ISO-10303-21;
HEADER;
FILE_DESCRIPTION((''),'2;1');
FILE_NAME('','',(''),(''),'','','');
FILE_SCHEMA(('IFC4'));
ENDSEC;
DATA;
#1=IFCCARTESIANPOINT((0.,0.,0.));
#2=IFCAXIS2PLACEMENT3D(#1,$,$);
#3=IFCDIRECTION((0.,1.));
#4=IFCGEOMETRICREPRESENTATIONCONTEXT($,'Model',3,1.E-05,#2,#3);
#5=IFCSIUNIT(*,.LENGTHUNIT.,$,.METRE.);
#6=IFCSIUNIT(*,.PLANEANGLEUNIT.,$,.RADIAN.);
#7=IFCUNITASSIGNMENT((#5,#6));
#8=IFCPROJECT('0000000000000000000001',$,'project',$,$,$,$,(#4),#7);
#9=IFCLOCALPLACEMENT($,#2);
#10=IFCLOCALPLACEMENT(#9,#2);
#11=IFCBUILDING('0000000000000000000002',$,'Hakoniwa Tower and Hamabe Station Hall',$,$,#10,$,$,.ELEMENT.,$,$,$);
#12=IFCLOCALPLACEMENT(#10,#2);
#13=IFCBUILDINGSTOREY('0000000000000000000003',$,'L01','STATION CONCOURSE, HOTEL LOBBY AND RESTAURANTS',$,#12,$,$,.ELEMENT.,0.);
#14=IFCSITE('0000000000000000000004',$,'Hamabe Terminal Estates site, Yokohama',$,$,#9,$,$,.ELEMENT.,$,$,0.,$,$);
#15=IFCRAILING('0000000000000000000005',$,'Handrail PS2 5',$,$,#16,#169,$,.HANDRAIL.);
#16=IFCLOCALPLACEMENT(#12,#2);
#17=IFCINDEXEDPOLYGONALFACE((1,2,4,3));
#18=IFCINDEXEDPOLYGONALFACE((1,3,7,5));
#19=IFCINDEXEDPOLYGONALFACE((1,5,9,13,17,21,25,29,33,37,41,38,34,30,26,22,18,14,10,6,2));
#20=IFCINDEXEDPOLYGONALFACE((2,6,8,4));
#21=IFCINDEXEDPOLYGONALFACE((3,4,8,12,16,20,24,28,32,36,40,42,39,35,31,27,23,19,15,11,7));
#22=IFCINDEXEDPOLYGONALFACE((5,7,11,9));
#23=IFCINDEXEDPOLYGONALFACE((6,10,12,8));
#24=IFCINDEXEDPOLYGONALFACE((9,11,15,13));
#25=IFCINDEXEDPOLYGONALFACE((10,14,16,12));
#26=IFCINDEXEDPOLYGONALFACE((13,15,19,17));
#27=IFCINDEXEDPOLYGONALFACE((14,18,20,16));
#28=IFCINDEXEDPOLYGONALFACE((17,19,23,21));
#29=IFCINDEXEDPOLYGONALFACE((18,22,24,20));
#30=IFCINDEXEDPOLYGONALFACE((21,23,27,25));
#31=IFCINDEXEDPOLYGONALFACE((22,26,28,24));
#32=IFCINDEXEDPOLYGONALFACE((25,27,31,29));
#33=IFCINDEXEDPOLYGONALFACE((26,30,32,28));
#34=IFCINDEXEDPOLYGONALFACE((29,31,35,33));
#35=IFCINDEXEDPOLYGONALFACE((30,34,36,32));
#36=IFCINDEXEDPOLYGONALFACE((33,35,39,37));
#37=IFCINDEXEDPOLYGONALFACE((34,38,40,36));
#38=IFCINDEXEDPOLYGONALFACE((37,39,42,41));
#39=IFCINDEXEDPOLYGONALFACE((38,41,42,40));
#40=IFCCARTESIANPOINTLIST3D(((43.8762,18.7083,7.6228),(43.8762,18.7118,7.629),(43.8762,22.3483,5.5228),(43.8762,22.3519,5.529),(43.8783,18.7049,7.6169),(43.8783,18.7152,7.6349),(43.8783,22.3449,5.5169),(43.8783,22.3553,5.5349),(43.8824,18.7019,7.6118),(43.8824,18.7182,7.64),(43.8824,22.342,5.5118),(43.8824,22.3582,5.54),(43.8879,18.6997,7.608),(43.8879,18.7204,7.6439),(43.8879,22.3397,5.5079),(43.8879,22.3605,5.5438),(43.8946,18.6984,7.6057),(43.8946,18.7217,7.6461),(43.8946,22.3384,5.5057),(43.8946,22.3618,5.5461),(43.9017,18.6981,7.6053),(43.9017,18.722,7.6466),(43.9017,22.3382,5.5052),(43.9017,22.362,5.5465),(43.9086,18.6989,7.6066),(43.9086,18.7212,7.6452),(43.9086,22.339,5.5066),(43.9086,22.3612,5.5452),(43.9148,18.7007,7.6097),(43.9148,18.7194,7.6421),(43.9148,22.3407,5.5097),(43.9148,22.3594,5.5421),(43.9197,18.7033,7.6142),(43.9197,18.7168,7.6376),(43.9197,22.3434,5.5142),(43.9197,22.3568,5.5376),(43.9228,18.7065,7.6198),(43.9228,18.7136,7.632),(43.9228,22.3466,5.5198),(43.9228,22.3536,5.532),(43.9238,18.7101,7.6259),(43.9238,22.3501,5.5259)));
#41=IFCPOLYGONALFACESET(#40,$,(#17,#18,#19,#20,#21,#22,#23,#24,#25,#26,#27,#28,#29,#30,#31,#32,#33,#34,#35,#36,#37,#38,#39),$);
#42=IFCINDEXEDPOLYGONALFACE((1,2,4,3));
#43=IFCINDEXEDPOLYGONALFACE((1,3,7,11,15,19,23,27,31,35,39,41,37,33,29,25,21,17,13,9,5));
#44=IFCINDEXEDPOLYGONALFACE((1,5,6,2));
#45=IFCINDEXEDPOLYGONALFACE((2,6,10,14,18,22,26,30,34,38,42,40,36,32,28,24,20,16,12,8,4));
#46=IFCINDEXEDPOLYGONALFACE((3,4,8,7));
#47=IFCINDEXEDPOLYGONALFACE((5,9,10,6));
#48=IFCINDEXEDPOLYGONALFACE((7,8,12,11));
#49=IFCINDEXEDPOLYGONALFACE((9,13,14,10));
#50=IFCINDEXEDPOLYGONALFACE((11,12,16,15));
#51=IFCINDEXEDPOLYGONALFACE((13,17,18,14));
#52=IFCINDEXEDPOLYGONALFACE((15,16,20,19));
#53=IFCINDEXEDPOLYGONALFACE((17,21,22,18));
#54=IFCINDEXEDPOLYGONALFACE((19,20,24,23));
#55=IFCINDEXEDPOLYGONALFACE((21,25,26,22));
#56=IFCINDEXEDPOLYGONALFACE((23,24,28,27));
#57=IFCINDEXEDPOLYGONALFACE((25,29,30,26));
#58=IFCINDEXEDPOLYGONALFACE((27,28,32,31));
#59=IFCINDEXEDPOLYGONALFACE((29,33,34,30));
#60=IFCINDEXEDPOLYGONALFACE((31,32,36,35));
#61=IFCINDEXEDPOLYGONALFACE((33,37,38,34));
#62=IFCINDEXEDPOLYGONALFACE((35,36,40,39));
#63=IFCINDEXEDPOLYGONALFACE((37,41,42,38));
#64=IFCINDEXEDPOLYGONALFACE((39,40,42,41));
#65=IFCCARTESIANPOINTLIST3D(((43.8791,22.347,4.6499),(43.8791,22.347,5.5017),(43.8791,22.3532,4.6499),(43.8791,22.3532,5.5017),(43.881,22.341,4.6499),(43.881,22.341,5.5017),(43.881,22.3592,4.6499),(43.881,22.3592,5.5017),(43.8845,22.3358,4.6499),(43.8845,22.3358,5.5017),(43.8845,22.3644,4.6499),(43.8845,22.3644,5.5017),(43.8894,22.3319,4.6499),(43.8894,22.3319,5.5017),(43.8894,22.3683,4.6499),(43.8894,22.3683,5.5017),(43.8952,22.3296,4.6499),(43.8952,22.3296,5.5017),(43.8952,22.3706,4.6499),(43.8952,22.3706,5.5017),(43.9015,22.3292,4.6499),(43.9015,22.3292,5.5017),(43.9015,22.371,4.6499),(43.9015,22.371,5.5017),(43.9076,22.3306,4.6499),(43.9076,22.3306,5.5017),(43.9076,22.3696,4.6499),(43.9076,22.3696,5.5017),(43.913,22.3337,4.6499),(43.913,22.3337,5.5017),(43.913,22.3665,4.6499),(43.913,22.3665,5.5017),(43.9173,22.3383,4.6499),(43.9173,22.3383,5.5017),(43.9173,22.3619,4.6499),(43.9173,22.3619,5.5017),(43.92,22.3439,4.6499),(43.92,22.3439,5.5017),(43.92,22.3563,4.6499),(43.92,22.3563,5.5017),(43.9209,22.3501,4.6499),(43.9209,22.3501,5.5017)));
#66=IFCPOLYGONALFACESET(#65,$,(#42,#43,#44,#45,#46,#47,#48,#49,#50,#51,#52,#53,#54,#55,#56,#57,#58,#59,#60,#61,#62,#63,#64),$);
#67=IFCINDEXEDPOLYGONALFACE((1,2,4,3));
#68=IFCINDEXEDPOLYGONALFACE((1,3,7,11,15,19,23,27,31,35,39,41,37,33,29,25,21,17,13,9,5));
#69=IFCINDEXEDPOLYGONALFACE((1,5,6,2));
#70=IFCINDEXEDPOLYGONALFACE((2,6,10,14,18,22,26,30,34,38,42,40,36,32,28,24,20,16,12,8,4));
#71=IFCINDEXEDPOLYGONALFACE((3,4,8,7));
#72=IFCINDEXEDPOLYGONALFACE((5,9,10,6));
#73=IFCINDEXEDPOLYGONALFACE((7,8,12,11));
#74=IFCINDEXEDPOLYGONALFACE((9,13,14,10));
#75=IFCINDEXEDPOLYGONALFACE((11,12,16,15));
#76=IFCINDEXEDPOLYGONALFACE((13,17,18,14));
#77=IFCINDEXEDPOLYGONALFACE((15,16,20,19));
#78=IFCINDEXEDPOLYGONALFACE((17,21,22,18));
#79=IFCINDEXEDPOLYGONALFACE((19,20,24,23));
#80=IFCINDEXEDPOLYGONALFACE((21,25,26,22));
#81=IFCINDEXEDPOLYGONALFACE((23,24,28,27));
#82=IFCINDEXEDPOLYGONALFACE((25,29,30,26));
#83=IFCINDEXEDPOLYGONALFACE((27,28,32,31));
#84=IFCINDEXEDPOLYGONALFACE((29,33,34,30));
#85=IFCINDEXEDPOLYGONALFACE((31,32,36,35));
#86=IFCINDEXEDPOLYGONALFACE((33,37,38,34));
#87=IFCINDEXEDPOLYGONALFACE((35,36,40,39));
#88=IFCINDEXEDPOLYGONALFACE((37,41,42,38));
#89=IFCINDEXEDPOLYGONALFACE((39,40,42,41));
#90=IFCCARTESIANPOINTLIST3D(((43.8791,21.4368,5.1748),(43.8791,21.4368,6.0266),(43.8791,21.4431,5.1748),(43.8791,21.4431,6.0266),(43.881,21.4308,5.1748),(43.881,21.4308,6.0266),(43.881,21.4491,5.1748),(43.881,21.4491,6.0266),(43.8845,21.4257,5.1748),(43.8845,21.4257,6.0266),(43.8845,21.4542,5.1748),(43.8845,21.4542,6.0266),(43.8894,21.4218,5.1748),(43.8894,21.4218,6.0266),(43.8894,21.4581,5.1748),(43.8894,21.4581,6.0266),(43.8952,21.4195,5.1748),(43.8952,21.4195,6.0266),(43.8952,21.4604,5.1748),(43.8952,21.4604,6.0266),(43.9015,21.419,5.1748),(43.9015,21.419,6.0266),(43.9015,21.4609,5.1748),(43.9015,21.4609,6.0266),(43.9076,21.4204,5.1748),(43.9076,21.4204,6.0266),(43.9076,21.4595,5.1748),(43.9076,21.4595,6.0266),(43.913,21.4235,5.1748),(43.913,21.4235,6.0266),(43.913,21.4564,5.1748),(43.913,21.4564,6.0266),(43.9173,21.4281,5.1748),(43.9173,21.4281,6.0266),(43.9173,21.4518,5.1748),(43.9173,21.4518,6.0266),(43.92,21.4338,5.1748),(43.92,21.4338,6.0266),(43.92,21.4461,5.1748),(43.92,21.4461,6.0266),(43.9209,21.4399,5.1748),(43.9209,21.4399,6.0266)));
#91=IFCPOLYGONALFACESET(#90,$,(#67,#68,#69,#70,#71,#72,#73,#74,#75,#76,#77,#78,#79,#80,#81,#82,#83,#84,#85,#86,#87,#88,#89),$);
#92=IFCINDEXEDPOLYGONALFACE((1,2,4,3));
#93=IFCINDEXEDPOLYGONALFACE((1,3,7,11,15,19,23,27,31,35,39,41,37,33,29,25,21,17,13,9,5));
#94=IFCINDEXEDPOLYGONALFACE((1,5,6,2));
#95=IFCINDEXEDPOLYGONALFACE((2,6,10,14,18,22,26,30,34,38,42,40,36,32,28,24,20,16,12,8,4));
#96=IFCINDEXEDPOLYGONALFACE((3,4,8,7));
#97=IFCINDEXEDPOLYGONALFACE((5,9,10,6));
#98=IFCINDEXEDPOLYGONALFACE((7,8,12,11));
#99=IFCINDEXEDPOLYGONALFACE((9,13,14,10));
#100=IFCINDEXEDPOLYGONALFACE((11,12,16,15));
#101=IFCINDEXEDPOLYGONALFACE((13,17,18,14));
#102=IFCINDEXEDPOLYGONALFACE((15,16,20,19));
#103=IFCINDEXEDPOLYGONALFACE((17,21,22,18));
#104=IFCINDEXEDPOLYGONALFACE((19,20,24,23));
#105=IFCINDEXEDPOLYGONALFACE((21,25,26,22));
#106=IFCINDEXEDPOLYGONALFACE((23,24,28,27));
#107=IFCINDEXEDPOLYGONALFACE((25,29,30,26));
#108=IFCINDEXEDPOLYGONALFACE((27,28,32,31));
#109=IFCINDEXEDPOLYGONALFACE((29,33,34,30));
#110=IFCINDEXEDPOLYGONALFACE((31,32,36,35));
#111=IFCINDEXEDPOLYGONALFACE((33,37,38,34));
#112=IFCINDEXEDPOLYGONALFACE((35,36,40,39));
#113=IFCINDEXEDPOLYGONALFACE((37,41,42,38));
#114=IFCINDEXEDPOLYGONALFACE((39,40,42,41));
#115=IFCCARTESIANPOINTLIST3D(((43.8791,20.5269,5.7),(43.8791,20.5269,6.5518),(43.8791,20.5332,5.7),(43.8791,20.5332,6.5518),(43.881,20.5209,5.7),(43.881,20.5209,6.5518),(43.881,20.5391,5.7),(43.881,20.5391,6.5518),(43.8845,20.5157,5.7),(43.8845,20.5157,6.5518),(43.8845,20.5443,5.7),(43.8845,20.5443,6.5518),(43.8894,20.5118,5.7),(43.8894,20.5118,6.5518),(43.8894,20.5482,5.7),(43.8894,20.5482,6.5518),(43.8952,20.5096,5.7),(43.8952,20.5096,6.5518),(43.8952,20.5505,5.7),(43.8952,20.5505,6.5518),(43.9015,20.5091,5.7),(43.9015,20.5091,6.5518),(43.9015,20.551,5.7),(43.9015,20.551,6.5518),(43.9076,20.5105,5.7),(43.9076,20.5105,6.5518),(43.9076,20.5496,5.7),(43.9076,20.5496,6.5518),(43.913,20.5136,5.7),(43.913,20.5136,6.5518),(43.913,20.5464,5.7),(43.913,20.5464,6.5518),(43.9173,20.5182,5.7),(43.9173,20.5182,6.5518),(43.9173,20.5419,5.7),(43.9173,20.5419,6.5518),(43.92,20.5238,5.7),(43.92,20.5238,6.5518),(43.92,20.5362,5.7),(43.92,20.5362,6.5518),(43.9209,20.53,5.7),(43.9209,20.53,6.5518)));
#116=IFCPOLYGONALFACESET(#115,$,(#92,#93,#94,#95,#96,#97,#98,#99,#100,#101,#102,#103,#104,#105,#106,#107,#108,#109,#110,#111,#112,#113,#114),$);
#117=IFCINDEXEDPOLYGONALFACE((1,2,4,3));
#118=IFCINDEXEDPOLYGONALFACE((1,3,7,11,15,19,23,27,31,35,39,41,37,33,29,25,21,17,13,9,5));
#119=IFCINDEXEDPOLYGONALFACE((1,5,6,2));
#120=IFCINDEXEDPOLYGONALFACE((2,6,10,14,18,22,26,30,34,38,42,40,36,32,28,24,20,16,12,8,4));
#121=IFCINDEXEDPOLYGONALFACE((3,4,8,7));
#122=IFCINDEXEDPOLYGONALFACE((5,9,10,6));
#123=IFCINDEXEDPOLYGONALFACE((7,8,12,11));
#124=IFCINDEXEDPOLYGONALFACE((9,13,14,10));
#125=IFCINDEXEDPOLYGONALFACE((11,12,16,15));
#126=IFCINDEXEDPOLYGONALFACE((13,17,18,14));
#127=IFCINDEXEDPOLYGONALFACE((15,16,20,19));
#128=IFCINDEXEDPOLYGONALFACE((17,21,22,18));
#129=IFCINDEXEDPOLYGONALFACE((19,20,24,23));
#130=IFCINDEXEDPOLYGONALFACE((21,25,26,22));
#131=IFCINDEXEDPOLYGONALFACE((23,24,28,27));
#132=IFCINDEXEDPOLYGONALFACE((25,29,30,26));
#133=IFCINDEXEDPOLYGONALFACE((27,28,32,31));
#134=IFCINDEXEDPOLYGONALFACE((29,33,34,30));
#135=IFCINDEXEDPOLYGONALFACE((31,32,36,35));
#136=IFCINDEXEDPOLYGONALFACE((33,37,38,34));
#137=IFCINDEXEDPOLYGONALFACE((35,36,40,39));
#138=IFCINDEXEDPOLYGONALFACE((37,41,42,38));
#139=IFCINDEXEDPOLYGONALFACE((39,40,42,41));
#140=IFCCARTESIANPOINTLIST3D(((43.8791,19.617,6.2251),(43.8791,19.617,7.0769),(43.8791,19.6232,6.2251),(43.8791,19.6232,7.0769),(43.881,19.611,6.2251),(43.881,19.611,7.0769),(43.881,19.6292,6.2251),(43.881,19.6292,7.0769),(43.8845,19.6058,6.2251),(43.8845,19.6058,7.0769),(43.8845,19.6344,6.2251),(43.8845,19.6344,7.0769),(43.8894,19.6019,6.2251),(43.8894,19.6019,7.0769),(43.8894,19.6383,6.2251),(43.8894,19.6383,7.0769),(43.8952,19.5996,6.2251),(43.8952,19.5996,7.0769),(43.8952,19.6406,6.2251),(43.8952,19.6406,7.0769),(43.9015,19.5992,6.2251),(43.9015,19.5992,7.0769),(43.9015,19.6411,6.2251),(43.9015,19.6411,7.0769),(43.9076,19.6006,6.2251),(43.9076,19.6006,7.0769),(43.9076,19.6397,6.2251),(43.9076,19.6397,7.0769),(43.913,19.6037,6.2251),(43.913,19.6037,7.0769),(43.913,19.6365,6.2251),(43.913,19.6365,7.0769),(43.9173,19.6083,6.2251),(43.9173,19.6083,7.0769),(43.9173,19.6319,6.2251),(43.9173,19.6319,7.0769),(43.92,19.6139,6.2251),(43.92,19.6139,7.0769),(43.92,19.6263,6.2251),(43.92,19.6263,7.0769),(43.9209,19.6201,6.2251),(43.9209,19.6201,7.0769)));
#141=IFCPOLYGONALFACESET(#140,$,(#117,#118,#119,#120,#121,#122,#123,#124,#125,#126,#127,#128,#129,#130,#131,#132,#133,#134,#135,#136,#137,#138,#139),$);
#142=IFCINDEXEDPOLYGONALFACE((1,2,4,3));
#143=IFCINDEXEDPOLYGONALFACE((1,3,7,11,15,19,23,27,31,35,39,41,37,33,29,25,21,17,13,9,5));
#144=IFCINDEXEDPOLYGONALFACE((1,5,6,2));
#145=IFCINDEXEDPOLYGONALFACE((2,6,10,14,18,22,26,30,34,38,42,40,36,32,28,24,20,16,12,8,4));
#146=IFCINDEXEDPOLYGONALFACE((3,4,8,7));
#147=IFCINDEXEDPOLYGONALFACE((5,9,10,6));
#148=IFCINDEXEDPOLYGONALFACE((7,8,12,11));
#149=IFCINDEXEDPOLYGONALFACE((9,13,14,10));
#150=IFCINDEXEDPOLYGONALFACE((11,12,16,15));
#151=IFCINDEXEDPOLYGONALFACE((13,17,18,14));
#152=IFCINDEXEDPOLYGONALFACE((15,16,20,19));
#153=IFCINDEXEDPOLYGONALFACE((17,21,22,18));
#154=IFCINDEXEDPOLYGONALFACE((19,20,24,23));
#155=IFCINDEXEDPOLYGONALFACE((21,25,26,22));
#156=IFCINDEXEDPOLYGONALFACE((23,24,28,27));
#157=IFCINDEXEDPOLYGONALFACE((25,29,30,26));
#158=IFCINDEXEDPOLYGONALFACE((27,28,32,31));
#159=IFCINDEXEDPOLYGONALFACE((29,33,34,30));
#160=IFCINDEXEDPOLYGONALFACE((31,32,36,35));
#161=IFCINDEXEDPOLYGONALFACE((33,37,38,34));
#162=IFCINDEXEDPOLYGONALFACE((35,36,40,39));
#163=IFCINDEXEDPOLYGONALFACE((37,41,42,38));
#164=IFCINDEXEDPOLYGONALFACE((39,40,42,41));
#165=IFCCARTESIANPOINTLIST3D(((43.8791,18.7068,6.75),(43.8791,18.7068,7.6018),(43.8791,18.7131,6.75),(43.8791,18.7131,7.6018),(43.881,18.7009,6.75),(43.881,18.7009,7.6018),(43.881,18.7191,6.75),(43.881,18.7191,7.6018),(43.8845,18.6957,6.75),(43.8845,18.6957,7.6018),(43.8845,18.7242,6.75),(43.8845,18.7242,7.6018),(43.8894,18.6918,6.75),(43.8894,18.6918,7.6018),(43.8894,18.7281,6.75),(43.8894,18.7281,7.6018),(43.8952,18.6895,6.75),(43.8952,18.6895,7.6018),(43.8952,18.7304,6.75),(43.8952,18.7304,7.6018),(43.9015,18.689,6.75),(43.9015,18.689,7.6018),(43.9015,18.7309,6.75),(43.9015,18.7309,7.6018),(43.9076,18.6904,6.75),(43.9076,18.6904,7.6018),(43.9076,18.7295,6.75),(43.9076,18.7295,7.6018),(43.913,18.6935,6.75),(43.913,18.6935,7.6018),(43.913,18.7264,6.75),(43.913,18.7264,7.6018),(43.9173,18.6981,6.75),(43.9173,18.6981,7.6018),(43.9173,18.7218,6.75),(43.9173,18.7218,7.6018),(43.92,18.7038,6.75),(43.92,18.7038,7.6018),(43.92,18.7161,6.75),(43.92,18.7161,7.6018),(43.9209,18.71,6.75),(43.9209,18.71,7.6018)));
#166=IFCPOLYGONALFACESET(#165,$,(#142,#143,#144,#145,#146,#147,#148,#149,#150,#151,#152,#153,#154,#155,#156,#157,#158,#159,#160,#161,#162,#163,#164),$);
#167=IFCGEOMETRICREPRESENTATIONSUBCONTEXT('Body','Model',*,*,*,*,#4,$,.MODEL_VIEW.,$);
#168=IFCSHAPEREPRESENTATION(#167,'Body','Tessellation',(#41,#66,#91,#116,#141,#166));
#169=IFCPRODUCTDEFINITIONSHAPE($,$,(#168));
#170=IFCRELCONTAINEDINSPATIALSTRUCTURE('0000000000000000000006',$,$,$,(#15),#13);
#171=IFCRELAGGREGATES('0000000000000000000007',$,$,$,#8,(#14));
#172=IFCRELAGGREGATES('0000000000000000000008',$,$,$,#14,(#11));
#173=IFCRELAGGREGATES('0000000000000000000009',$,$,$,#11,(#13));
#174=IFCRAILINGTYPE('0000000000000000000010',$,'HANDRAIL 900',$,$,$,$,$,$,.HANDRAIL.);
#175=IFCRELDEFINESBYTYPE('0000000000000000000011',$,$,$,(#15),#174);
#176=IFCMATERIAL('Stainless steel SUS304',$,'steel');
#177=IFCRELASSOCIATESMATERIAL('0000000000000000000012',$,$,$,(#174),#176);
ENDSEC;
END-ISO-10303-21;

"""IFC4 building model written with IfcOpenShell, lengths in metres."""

from ifc_helpers import new_model, si_unit, direction, frame, origin, origin_2d, place, context, subcontext, project, spatial, circle, extrude, material, type_object, element, save


model = new_model("IFC4")

# Units and contexts
model_context = context("Model", 3, precision=1e-05, world=origin(), true_north=direction((0.0, 1.0)))
body_context = subcontext(model_context, "Body", "Model", "MODEL_VIEW")
ifc_project = project(units=[si_unit("LENGTHUNIT", "METRE"), si_unit("PLANEANGLEUNIT", "RADIAN")], contexts=[model_context])

# Site, building, storey
site_placement = place(None, origin())
site = spatial("IfcSite", under=ifc_project, at=site_placement, Name="Hamabe Terminal Estates site, Yokohama", CompositionType="ELEMENT", RefElevation=0.0)
building_placement = place(site_placement, origin())
building = spatial("IfcBuilding", under=site, at=building_placement, Name="Hakoniwa Tower and Hamabe Station Hall", CompositionType="ELEMENT")
storey_placement = place(building_placement, origin())
storey = spatial("IfcBuildingStorey", under=building, at=storey_placement, Name="L01", Description="STATION CONCOURSE, HOTEL LOBBY AND RESTAURANTS", CompositionType="ELEMENT", Elevation=0.0)

# Railing
ifc_material_1 = material(Name="Stainless steel SUS304", Category="steel")
railing_type_1 = type_object("IfcRailingType", Name="HANDRAIL 900", PredefinedType="HANDRAIL", material=ifc_material_1)
for number, where, name in (
    (1, (43.8999, 22.3501, 4.6499), "Handrail PS2 5"),
):
    element("IfcRailing", number, at=place(storey_placement, frame(where)), inside=storey, type_object=railing_type_1, Name=name, PredefinedType="HANDRAIL", context=body_context, shape_type="SweptSolid", body=[
        extrude(circle(Radius=0.0239, at=origin_2d()), frame((0.0, 0.0, 0.876), z_axis=(0.0, -0.866184, 0.499726), x_axis=(1.0, 0.0, 0.0)), (0.0, 0.0, 1.0), 4.2024),
        extrude(circle(Radius=0.021, at=origin_2d()), origin(), (0.0, 0.0, 1.0), 0.8518),
        extrude(circle(Radius=0.021, at=origin_2d()), frame((0.0, -0.9102, 0.5249)), (0.0, 0.0, 1.0), 0.8518),
        extrude(circle(Radius=0.021, at=origin_2d()), frame((0.0, -1.8201, 1.05)), (0.0, 0.0, 1.0), 0.8518),
        extrude(circle(Radius=0.021, at=origin_2d()), frame((0.0, -2.73, 1.5752)), (0.0, 0.0, 1.0), 0.8518),
        extrude(circle(Radius=0.021, at=origin_2d()), frame((0.0, -3.6401, 2.1001)), (0.0, 0.0, 1.0), 0.8518),
    ])

save(model, "model.ifc")
